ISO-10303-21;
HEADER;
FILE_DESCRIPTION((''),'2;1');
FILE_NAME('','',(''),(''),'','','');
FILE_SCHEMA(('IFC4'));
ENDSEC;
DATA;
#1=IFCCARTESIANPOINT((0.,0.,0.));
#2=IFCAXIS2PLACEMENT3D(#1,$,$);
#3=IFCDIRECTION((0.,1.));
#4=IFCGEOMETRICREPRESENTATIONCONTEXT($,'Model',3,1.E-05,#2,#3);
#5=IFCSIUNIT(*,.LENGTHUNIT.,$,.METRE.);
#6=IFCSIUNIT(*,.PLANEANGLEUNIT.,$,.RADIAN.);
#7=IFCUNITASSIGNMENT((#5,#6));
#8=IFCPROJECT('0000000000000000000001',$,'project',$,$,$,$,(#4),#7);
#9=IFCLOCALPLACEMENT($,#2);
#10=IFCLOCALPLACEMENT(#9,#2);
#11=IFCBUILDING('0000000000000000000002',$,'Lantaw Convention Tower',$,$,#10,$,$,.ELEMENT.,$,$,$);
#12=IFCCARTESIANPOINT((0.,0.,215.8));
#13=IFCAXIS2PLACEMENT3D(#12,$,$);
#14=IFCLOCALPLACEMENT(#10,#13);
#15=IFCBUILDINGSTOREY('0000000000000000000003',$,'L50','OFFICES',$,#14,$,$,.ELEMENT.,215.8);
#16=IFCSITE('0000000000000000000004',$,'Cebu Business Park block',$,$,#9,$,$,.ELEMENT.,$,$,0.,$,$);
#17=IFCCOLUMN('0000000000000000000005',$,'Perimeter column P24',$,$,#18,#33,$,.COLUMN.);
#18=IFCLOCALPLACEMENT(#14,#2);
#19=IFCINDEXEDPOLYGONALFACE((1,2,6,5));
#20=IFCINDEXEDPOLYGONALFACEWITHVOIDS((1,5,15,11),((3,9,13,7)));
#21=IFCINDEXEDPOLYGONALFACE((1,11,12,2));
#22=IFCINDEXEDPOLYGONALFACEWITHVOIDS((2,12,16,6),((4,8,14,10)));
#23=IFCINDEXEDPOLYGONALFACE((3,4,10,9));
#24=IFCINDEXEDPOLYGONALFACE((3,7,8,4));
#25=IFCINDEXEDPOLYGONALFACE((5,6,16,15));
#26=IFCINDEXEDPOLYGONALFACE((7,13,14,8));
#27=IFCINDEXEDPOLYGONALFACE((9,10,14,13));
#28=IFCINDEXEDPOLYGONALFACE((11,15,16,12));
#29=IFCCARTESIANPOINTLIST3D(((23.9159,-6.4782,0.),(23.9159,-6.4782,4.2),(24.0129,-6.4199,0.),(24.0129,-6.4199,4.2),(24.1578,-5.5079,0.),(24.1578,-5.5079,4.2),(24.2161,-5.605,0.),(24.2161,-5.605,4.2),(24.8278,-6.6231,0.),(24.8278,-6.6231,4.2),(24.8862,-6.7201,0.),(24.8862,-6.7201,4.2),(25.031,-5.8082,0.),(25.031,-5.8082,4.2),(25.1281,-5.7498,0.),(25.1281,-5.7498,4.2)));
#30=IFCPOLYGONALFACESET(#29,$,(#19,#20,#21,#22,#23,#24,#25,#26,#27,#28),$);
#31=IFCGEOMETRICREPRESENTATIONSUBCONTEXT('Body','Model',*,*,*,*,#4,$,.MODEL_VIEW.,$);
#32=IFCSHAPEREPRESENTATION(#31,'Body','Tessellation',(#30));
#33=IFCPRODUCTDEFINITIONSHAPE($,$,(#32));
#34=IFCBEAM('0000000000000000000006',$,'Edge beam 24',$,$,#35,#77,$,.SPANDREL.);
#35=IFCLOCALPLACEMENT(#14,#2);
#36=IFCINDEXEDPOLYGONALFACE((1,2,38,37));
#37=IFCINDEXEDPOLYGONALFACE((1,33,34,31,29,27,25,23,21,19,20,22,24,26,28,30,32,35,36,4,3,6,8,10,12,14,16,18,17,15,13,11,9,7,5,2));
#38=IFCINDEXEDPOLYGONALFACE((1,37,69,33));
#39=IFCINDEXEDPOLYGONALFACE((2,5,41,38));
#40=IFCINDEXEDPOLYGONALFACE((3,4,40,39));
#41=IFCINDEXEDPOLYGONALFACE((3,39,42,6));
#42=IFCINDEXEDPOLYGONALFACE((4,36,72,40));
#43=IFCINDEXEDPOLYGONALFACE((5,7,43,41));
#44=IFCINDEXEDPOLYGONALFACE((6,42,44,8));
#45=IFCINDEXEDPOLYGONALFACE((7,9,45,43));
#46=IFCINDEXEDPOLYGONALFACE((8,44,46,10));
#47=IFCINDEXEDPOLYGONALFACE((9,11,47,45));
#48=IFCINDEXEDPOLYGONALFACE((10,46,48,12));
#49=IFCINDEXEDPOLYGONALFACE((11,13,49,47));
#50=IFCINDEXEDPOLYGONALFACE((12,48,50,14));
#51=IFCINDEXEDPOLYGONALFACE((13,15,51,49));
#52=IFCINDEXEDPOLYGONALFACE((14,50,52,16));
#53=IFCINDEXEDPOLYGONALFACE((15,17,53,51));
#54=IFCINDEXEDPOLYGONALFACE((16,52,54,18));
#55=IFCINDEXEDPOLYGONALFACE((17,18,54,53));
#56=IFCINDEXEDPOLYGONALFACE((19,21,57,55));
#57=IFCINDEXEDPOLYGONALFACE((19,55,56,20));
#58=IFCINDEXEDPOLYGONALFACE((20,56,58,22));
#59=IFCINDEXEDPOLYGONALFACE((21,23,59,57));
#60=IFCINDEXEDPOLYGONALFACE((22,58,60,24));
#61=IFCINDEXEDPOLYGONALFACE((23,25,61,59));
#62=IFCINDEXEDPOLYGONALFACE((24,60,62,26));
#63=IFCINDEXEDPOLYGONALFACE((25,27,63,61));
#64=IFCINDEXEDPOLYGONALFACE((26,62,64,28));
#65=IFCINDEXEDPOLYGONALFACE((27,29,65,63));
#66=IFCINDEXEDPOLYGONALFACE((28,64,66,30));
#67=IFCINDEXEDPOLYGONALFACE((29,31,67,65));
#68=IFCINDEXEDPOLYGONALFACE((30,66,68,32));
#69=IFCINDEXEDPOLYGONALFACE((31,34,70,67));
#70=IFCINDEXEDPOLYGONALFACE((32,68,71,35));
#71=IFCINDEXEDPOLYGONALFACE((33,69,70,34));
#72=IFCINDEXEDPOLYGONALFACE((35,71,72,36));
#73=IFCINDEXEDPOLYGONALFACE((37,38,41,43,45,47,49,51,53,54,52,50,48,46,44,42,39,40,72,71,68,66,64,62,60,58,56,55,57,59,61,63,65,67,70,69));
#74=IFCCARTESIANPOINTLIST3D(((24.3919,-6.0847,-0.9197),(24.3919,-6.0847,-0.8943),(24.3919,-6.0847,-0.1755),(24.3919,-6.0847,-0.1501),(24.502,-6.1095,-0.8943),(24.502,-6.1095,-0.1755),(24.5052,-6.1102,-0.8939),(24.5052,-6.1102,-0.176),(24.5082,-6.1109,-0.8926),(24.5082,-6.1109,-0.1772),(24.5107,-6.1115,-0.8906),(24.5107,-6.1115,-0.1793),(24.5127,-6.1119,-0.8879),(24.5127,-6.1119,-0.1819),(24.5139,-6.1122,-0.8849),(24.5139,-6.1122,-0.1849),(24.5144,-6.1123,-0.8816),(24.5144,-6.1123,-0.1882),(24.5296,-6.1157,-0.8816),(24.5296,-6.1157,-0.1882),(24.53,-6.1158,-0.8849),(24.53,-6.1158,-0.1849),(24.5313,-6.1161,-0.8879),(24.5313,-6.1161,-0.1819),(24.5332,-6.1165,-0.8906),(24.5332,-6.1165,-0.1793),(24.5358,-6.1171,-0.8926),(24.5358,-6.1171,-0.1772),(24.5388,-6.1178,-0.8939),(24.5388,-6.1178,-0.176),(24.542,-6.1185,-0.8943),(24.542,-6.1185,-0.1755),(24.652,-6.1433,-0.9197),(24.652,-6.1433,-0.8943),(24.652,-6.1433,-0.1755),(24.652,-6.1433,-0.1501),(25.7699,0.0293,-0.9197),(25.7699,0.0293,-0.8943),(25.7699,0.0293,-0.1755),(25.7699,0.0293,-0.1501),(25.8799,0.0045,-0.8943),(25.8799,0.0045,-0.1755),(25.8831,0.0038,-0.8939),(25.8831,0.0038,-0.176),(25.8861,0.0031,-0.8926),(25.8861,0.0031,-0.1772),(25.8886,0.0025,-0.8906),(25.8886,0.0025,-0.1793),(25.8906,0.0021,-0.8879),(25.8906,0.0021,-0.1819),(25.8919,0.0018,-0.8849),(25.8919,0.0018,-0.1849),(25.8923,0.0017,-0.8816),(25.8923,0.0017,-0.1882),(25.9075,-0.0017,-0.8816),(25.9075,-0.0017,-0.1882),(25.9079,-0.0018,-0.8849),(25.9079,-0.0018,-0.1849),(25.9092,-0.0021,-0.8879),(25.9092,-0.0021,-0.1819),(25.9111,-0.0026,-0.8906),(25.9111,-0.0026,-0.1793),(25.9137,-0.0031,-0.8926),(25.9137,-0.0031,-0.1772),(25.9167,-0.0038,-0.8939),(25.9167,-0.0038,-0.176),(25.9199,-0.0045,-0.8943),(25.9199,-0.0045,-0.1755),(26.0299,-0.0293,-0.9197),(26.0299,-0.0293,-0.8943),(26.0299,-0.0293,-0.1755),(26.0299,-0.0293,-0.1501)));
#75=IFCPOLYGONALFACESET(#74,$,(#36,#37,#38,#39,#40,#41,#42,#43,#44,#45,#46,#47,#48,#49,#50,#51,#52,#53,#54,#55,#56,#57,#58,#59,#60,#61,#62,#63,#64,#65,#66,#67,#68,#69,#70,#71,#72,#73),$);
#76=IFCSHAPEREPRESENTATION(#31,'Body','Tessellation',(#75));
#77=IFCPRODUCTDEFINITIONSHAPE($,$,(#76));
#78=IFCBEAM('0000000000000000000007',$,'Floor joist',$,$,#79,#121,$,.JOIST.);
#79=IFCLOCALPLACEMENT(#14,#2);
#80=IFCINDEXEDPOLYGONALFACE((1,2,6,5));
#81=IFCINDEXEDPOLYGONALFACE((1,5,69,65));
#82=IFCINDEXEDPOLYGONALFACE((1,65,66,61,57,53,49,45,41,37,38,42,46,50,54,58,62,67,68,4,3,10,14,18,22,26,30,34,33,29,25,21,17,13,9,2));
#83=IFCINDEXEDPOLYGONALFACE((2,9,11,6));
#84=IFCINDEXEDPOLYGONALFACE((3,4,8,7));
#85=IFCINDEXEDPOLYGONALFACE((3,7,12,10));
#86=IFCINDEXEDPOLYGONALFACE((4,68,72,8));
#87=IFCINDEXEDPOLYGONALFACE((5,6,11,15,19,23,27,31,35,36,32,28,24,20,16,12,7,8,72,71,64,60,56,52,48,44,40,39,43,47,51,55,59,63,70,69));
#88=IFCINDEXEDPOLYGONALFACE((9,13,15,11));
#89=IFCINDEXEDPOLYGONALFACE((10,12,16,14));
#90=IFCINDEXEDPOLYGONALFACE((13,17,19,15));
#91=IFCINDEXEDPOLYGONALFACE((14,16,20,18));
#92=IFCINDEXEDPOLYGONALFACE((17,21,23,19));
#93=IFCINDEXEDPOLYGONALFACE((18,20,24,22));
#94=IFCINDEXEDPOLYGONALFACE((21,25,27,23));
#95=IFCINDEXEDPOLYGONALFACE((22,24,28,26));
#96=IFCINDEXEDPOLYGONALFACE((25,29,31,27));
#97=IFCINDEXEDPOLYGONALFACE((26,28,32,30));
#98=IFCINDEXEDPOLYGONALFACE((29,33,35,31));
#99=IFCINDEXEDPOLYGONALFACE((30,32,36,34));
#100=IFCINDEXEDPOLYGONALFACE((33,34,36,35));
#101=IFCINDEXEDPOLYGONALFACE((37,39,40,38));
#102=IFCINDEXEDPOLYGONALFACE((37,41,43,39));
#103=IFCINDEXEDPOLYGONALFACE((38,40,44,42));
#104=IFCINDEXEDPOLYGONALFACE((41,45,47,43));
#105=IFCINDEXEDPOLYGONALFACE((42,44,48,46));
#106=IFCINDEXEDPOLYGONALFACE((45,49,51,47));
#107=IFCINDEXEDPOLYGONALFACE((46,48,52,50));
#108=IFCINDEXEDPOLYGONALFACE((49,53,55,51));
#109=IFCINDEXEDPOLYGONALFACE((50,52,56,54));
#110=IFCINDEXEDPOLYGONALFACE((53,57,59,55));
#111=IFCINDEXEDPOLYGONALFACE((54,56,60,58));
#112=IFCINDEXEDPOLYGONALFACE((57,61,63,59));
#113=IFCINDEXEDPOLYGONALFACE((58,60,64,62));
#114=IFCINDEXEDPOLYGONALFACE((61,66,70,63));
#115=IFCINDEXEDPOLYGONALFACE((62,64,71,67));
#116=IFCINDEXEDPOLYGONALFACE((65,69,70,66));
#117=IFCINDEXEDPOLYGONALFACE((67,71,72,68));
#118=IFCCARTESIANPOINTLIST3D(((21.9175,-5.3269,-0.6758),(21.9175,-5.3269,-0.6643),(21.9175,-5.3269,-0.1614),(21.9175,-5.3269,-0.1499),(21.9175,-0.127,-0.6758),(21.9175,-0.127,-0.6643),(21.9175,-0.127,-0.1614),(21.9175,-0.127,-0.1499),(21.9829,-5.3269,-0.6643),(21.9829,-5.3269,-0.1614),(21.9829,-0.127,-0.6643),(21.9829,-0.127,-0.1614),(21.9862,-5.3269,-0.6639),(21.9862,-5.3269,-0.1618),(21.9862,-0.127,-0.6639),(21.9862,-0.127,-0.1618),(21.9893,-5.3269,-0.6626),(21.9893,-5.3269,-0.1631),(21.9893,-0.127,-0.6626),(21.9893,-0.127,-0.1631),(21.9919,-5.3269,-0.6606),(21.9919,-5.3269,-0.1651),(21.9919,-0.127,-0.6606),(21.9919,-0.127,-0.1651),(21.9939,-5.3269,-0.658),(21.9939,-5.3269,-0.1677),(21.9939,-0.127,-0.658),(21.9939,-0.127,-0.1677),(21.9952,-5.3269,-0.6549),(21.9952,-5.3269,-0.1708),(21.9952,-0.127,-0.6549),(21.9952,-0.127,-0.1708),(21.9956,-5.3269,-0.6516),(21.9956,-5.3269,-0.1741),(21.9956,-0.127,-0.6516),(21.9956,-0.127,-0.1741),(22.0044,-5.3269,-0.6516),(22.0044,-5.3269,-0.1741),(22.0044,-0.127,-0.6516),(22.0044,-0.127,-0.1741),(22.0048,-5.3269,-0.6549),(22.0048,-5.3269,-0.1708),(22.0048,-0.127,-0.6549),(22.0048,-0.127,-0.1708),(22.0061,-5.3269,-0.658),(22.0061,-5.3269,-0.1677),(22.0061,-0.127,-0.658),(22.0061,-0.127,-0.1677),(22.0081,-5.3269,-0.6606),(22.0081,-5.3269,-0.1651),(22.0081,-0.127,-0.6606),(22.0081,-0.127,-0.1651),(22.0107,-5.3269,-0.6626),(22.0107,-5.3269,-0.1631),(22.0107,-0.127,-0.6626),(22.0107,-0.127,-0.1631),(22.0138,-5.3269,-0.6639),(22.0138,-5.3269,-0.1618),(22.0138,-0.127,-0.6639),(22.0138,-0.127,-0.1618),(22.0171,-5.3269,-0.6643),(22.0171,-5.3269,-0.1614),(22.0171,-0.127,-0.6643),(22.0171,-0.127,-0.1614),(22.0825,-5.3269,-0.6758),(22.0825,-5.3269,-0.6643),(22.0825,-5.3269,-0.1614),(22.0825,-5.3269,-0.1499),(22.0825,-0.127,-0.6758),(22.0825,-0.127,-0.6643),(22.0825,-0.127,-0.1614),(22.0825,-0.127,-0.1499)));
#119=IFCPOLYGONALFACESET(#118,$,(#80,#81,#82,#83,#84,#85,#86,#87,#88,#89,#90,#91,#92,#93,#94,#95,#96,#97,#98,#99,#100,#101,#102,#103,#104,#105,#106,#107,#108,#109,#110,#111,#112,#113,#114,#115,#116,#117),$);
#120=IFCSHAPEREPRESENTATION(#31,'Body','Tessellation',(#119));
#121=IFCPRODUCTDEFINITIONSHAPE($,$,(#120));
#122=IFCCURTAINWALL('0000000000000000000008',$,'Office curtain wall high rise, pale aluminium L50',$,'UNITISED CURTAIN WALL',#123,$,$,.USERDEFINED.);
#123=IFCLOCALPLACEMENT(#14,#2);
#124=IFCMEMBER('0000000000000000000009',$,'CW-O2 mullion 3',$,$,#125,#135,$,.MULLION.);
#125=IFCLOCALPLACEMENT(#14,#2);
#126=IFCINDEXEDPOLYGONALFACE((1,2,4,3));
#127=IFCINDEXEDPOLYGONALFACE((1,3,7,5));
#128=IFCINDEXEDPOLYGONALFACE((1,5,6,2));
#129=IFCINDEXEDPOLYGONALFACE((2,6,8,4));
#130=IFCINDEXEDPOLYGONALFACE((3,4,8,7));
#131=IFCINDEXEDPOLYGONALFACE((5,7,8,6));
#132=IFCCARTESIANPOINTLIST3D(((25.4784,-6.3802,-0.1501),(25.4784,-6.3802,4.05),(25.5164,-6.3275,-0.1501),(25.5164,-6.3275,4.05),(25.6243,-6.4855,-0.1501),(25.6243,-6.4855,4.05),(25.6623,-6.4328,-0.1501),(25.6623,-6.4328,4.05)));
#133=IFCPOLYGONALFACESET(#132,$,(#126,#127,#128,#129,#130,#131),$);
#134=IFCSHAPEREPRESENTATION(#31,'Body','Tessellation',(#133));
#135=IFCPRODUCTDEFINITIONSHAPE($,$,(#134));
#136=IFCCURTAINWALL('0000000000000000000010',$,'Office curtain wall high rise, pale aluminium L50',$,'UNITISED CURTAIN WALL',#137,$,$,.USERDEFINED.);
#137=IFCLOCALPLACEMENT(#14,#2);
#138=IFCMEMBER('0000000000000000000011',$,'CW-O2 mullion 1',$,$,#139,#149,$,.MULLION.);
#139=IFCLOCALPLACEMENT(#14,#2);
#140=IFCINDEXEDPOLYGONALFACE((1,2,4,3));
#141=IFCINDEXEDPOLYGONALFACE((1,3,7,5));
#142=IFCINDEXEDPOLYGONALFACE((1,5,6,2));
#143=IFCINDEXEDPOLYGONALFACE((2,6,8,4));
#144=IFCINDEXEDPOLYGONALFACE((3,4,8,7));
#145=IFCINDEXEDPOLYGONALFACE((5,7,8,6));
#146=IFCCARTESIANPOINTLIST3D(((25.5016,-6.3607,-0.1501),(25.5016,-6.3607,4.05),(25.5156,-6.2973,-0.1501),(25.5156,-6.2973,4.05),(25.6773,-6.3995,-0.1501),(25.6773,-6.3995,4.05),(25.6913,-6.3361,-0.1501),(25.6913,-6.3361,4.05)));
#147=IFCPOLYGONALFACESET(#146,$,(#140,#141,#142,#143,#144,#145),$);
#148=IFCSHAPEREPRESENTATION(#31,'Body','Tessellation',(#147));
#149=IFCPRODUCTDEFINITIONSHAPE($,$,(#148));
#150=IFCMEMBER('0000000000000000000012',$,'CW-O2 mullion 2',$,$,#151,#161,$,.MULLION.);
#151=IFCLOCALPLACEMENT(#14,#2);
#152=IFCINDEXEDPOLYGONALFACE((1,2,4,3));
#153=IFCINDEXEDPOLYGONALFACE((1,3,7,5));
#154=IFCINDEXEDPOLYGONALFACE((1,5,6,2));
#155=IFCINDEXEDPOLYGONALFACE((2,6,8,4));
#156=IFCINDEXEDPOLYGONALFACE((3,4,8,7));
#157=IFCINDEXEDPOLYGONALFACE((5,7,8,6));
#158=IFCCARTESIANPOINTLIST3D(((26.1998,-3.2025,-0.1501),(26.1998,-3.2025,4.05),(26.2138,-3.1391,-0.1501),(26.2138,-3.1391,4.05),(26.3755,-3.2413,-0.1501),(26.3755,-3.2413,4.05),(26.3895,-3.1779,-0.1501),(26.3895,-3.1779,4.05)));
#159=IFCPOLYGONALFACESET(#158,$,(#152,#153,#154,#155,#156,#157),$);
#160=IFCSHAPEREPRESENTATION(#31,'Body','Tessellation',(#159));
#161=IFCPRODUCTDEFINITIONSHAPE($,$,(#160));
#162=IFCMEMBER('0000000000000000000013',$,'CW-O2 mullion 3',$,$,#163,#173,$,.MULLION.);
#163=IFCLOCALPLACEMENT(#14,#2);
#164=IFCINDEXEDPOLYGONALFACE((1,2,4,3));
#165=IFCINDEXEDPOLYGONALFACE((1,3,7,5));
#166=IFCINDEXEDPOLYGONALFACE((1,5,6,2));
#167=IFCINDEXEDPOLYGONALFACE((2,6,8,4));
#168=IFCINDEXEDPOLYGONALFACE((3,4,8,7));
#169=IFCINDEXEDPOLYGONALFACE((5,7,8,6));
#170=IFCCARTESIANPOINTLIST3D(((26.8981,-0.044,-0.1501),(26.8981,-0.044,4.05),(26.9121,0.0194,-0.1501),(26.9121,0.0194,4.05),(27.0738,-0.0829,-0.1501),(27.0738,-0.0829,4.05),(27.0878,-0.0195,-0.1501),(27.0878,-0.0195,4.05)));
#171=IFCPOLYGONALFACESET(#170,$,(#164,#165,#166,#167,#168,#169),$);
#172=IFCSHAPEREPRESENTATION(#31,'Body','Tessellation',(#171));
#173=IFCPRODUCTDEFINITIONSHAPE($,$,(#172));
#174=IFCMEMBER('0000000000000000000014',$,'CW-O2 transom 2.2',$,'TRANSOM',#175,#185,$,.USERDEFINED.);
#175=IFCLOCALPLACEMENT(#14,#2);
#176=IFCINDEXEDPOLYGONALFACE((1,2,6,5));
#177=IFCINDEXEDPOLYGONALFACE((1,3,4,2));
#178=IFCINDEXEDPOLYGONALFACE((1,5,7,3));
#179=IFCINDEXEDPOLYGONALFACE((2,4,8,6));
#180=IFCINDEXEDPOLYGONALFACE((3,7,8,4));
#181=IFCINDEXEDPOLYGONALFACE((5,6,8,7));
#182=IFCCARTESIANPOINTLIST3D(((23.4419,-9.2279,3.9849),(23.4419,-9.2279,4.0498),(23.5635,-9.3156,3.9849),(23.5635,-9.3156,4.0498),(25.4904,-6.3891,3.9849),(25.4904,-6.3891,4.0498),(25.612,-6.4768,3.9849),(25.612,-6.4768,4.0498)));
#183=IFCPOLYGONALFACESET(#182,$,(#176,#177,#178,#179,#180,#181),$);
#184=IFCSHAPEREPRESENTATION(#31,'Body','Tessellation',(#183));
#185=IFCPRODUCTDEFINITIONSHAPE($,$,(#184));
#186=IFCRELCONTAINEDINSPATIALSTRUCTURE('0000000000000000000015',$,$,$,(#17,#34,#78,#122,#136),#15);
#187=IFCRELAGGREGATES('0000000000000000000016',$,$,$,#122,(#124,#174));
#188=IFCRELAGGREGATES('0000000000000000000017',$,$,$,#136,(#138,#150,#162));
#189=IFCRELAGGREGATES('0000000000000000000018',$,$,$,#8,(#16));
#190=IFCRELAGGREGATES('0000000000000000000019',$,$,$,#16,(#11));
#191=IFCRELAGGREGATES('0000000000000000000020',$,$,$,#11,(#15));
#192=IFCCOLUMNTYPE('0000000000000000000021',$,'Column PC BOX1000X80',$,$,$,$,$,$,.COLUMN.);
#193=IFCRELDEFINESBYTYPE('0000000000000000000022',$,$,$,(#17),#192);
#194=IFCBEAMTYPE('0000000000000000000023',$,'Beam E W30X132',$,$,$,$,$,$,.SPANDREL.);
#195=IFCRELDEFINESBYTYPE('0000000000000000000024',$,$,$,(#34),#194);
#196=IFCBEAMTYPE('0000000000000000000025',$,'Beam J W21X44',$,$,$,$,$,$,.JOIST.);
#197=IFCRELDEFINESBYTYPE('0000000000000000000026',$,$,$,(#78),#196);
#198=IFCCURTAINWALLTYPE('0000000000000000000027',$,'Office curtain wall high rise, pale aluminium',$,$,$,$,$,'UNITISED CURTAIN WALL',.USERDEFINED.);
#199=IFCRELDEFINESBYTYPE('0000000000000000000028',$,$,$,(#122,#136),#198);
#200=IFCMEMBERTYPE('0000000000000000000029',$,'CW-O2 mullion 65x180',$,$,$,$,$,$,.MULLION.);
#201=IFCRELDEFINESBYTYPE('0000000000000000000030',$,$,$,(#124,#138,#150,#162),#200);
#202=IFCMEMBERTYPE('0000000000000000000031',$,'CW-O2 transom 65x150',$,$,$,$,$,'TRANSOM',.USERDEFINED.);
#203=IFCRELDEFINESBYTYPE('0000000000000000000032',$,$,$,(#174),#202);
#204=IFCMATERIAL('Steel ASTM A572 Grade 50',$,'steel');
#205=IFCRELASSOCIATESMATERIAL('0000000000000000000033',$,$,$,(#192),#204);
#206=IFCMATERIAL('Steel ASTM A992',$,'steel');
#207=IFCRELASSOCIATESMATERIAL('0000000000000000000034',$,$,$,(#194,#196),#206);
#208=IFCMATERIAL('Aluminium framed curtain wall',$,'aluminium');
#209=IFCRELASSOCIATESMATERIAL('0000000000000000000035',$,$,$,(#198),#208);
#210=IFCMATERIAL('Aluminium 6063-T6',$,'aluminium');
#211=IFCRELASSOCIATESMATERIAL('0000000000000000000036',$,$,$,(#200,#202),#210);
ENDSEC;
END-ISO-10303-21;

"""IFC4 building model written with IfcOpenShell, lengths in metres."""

from ifc_helpers import new_model, si_unit, direction, frame, origin, origin_2d, place, context, subcontext, project, spatial, rectangle, hollow_rectangle, i_section, extrude, material, material_profile, profile_set, type_object, element, aggregate, save


model = new_model("IFC4")

# Units and contexts
model_context = context("Model", 3, precision=1e-05, world=origin(), true_north=direction((0.0, 1.0)))
body_context = subcontext(model_context, "Body", "Model", "MODEL_VIEW")
ifc_project = project(units=[si_unit("LENGTHUNIT", "METRE"), si_unit("PLANEANGLEUNIT", "RADIAN")], contexts=[model_context])

# Site, building, storey
site_placement = place(None, origin())
site = spatial("IfcSite", under=ifc_project, at=site_placement, Name="Cebu Business Park block", CompositionType="ELEMENT", RefElevation=0.0)
building_placement = place(site_placement, origin())
building = spatial("IfcBuilding", under=site, at=building_placement, Name="Lantaw Convention Tower", CompositionType="ELEMENT")
storey_placement = place(building_placement, frame((0.0, 0.0, 215.8)))
storey = spatial("IfcBuildingStorey", under=building, at=storey_placement, Name="L50", Description="OFFICES", CompositionType="ELEMENT", Elevation=215.8)

# Column
ifc_material_1 = material(Name="Steel ASTM A572 Grade 50", Category="steel")
ifc_material_profile_1 = material_profile(ifc_material_1, hollow_rectangle(XDim=1.0, YDim=1.0, WallThickness=0.0801, at=origin_2d()), Name="BOX1000X80")
ifc_material_2 = material(Name="Concrete C60/75", Category="concrete")
ifc_material_profile_2 = material_profile(ifc_material_2, rectangle(XDim=0.8401, YDim=0.8401, at=origin_2d()), Name="Concrete fill of BOX1000X80")
ifc_profile_set_1 = profile_set([ifc_material_profile_1, ifc_material_profile_2], Name="Steel ASTM A572 Grade 50")
column_type = type_object("IfcColumnType", Name="Column PC BOX1000X80", PredefinedType="COLUMN", material=ifc_profile_set_1)
column_placement = place(storey_placement, frame((24.522, -6.114, 0.0), z_axis=(0.0, 0.0, 1.0), x_axis=(0.241922, 0.970296, 0.0)))
element("IfcColumn", 1, at=column_placement, inside=storey, type_object=column_type, Name="Perimeter column P24", PredefinedType="COLUMN", context=body_context, shape_type="SweptSolid", body=[
    extrude(hollow_rectangle(XDim=1.0, YDim=1.0, WallThickness=0.0801, at=origin_2d()), origin(), (0.0, 0.0, 1.0), 4.2),
])

# Beams
ifc_material_3 = material(Name="Steel ASTM A992", Category="steel")
ifc_material_profile_3 = material_profile(ifc_material_3, i_section(OverallWidth=0.2666, OverallDepth=0.7695, WebThickness=0.0156, FlangeThickness=0.0254, FilletRadius=0.0127, at=origin_2d()), Name="W30X132")
ifc_profile_set_2 = profile_set([ifc_material_profile_3], Name="Steel ASTM A992")
beam_type_1 = type_object("IfcBeamType", Name="Beam E W30X132", PredefinedType="SPANDREL", material=ifc_profile_set_2)
beam_1_placement = place(storey_placement, frame((24.522, -6.114, -0.5349), z_axis=(0.219858, 0.975532, 0.0), x_axis=(-0.975532, 0.219858, 0.0)))
element("IfcBeam", 2, at=beam_1_placement, inside=storey, type_object=beam_type_1, Name="Edge beam 24", PredefinedType="SPANDREL", context=body_context, shape_type="SweptSolid", body=[
    extrude(i_section(OverallWidth=0.2666, OverallDepth=0.7695, WebThickness=0.0156, FlangeThickness=0.0254, FilletRadius=0.0127, at=origin_2d()), origin(), (0.0, 0.0, 1.0), 6.2673),
])
ifc_material_profile_4 = material_profile(ifc_material_3, i_section(OverallWidth=0.165, OverallDepth=0.5259, WebThickness=0.0088, FlangeThickness=0.0115, FilletRadius=0.0127, at=origin_2d()), Name="W21X44")
ifc_profile_set_3 = profile_set([ifc_material_profile_4], Name="Steel ASTM A992")
beam_type_2 = type_object("IfcBeamType", Name="Beam J W21X44", PredefinedType="JOIST", material=ifc_profile_set_3)
beam_2_placement = place(storey_placement, frame((22.0, -5.3269, -0.4128), z_axis=(0.0, 1.0, 0.0), x_axis=(-1.0, 0.0, 0.0)))
element("IfcBeam", 3, at=beam_2_placement, inside=storey, type_object=beam_type_2, Name="Floor joist", PredefinedType="JOIST", context=body_context, shape_type="SweptSolid", body=[
    extrude(i_section(OverallWidth=0.165, OverallDepth=0.5259, WebThickness=0.0088, FlangeThickness=0.0115, FilletRadius=0.0127, at=origin_2d()), origin(), (0.0, 0.0, 1.0), 5.2),
])

# Curtain wall, member
ifc_material_4 = material(Name="Aluminium framed curtain wall", Category="aluminium")
curtain_wall_type = type_object("IfcCurtainWallType", Name="Office curtain wall high rise, pale aluminium", ElementType="UNITISED CURTAIN WALL", PredefinedType="USERDEFINED", material=ifc_material_4)
curtain_wall_1_placement = place(storey_placement, origin())
curtain_wall_1 = element("IfcCurtainWall", 4, at=curtain_wall_1_placement, inside=storey, type_object=curtain_wall_type, Name="Office curtain wall high rise, pale aluminium L50", ObjectType="UNITISED CURTAIN WALL", PredefinedType="USERDEFINED")
ifc_material_5 = material(Name="Aluminium 6063-T6", Category="aluminium")
ifc_material_profile_5 = material_profile(ifc_material_5, rectangle(XDim=0.1799, YDim=0.0649, at=origin_2d()), Name="CW-O2 mullion 65x180")
ifc_profile_set_4 = profile_set([ifc_material_profile_5], Name="Aluminium 6063-T6")
member_type_1 = type_object("IfcMemberType", Name="CW-O2 mullion 65x180", PredefinedType="MULLION", material=ifc_profile_set_4)
member_1_placement = place(storey_placement, frame((25.5703, -6.4065, -0.1501), z_axis=(0.0, 0.0, 1.0), x_axis=(-0.81092, 0.585158, 0.0)))
member_1 = element("IfcMember", 5, at=member_1_placement, type_object=member_type_1, Name="CW-O2 mullion 3", PredefinedType="MULLION", context=body_context, shape_type="SweptSolid", body=[
    extrude(rectangle(XDim=0.1799, YDim=0.0649, at=origin_2d()), origin(), (0.0, 0.0, 1.0), 4.2002),
])

# Curtain wall, members
curtain_wall_2_placement = place(storey_placement, origin())
curtain_wall_2 = element("IfcCurtainWall", 6, at=curtain_wall_2_placement, inside=storey, type_object=curtain_wall_type, Name="Office curtain wall high rise, pale aluminium L50", ObjectType="UNITISED CURTAIN WALL", PredefinedType="USERDEFINED")
member_2_placement = place(storey_placement, frame((25.5964, -6.3484, -0.1501), z_axis=(0.0, 0.0, 1.0), x_axis=(-0.976417, 0.215891, 0.0)))
member_2 = element("IfcMember", 7, at=member_2_placement, type_object=member_type_1, Name="CW-O2 mullion 1", PredefinedType="MULLION", context=body_context, shape_type="SweptSolid", body=[
    extrude(rectangle(XDim=0.1799, YDim=0.0649, at=origin_2d()), origin(), (0.0, 0.0, 1.0), 4.2002),
])
member_3_placement = place(storey_placement, frame((26.2947, -3.1902, -0.1501), z_axis=(0.0, 0.0, 1.0), x_axis=(-0.976417, 0.215891, 0.0)))
member_3 = element("IfcMember", 8, at=member_3_placement, type_object=member_type_1, Name="CW-O2 mullion 2", PredefinedType="MULLION", context=body_context, shape_type="SweptSolid", body=[
    extrude(rectangle(XDim=0.1799, YDim=0.0649, at=origin_2d()), origin(), (0.0, 0.0, 1.0), 4.2002),
])
member_4_placement = place(storey_placement, frame((26.9929, -0.0317, -0.1501), z_axis=(0.0, 0.0, 1.0), x_axis=(-0.976417, 0.215891, 0.0)))
member_4 = element("IfcMember", 9, at=member_4_placement, type_object=member_type_1, Name="CW-O2 mullion 3", PredefinedType="MULLION", context=body_context, shape_type="SweptSolid", body=[
    extrude(rectangle(XDim=0.1799, YDim=0.0649, at=origin_2d()), origin(), (0.0, 0.0, 1.0), 4.2002),
])

# Member
ifc_material_profile_6 = material_profile(ifc_material_5, rectangle(XDim=0.1499, YDim=0.0649, at=origin_2d()), Name="CW-O2 transom 65x150")
ifc_profile_set_5 = profile_set([ifc_material_profile_6], Name="Aluminium 6063-T6")
member_type_2 = type_object("IfcMemberType", Name="CW-O2 transom 65x150", ElementType="TRANSOM", PredefinedType="USERDEFINED", material=ifc_profile_set_5)
member_5_placement = place(storey_placement, frame((23.5027, -9.2717, 4.0173), z_axis=(0.58517, 0.810911, 0.0), x_axis=(-0.810911, 0.58517, 0.0)))
member_5 = element("IfcMember", 10, at=member_5_placement, type_object=member_type_2, Name="CW-O2 transom 2.2", ObjectType="TRANSOM", PredefinedType="USERDEFINED", context=body_context, shape_type="SweptSolid", body=[
    extrude(rectangle(XDim=0.1499, YDim=0.0649, at=origin_2d()), origin(), (0.0, 0.0, 1.0), 3.5007),
])

aggregate(curtain_wall_1, [member_1, member_5])
aggregate(curtain_wall_2, [member_2, member_3, member_4])

save(model, "model.ifc")
